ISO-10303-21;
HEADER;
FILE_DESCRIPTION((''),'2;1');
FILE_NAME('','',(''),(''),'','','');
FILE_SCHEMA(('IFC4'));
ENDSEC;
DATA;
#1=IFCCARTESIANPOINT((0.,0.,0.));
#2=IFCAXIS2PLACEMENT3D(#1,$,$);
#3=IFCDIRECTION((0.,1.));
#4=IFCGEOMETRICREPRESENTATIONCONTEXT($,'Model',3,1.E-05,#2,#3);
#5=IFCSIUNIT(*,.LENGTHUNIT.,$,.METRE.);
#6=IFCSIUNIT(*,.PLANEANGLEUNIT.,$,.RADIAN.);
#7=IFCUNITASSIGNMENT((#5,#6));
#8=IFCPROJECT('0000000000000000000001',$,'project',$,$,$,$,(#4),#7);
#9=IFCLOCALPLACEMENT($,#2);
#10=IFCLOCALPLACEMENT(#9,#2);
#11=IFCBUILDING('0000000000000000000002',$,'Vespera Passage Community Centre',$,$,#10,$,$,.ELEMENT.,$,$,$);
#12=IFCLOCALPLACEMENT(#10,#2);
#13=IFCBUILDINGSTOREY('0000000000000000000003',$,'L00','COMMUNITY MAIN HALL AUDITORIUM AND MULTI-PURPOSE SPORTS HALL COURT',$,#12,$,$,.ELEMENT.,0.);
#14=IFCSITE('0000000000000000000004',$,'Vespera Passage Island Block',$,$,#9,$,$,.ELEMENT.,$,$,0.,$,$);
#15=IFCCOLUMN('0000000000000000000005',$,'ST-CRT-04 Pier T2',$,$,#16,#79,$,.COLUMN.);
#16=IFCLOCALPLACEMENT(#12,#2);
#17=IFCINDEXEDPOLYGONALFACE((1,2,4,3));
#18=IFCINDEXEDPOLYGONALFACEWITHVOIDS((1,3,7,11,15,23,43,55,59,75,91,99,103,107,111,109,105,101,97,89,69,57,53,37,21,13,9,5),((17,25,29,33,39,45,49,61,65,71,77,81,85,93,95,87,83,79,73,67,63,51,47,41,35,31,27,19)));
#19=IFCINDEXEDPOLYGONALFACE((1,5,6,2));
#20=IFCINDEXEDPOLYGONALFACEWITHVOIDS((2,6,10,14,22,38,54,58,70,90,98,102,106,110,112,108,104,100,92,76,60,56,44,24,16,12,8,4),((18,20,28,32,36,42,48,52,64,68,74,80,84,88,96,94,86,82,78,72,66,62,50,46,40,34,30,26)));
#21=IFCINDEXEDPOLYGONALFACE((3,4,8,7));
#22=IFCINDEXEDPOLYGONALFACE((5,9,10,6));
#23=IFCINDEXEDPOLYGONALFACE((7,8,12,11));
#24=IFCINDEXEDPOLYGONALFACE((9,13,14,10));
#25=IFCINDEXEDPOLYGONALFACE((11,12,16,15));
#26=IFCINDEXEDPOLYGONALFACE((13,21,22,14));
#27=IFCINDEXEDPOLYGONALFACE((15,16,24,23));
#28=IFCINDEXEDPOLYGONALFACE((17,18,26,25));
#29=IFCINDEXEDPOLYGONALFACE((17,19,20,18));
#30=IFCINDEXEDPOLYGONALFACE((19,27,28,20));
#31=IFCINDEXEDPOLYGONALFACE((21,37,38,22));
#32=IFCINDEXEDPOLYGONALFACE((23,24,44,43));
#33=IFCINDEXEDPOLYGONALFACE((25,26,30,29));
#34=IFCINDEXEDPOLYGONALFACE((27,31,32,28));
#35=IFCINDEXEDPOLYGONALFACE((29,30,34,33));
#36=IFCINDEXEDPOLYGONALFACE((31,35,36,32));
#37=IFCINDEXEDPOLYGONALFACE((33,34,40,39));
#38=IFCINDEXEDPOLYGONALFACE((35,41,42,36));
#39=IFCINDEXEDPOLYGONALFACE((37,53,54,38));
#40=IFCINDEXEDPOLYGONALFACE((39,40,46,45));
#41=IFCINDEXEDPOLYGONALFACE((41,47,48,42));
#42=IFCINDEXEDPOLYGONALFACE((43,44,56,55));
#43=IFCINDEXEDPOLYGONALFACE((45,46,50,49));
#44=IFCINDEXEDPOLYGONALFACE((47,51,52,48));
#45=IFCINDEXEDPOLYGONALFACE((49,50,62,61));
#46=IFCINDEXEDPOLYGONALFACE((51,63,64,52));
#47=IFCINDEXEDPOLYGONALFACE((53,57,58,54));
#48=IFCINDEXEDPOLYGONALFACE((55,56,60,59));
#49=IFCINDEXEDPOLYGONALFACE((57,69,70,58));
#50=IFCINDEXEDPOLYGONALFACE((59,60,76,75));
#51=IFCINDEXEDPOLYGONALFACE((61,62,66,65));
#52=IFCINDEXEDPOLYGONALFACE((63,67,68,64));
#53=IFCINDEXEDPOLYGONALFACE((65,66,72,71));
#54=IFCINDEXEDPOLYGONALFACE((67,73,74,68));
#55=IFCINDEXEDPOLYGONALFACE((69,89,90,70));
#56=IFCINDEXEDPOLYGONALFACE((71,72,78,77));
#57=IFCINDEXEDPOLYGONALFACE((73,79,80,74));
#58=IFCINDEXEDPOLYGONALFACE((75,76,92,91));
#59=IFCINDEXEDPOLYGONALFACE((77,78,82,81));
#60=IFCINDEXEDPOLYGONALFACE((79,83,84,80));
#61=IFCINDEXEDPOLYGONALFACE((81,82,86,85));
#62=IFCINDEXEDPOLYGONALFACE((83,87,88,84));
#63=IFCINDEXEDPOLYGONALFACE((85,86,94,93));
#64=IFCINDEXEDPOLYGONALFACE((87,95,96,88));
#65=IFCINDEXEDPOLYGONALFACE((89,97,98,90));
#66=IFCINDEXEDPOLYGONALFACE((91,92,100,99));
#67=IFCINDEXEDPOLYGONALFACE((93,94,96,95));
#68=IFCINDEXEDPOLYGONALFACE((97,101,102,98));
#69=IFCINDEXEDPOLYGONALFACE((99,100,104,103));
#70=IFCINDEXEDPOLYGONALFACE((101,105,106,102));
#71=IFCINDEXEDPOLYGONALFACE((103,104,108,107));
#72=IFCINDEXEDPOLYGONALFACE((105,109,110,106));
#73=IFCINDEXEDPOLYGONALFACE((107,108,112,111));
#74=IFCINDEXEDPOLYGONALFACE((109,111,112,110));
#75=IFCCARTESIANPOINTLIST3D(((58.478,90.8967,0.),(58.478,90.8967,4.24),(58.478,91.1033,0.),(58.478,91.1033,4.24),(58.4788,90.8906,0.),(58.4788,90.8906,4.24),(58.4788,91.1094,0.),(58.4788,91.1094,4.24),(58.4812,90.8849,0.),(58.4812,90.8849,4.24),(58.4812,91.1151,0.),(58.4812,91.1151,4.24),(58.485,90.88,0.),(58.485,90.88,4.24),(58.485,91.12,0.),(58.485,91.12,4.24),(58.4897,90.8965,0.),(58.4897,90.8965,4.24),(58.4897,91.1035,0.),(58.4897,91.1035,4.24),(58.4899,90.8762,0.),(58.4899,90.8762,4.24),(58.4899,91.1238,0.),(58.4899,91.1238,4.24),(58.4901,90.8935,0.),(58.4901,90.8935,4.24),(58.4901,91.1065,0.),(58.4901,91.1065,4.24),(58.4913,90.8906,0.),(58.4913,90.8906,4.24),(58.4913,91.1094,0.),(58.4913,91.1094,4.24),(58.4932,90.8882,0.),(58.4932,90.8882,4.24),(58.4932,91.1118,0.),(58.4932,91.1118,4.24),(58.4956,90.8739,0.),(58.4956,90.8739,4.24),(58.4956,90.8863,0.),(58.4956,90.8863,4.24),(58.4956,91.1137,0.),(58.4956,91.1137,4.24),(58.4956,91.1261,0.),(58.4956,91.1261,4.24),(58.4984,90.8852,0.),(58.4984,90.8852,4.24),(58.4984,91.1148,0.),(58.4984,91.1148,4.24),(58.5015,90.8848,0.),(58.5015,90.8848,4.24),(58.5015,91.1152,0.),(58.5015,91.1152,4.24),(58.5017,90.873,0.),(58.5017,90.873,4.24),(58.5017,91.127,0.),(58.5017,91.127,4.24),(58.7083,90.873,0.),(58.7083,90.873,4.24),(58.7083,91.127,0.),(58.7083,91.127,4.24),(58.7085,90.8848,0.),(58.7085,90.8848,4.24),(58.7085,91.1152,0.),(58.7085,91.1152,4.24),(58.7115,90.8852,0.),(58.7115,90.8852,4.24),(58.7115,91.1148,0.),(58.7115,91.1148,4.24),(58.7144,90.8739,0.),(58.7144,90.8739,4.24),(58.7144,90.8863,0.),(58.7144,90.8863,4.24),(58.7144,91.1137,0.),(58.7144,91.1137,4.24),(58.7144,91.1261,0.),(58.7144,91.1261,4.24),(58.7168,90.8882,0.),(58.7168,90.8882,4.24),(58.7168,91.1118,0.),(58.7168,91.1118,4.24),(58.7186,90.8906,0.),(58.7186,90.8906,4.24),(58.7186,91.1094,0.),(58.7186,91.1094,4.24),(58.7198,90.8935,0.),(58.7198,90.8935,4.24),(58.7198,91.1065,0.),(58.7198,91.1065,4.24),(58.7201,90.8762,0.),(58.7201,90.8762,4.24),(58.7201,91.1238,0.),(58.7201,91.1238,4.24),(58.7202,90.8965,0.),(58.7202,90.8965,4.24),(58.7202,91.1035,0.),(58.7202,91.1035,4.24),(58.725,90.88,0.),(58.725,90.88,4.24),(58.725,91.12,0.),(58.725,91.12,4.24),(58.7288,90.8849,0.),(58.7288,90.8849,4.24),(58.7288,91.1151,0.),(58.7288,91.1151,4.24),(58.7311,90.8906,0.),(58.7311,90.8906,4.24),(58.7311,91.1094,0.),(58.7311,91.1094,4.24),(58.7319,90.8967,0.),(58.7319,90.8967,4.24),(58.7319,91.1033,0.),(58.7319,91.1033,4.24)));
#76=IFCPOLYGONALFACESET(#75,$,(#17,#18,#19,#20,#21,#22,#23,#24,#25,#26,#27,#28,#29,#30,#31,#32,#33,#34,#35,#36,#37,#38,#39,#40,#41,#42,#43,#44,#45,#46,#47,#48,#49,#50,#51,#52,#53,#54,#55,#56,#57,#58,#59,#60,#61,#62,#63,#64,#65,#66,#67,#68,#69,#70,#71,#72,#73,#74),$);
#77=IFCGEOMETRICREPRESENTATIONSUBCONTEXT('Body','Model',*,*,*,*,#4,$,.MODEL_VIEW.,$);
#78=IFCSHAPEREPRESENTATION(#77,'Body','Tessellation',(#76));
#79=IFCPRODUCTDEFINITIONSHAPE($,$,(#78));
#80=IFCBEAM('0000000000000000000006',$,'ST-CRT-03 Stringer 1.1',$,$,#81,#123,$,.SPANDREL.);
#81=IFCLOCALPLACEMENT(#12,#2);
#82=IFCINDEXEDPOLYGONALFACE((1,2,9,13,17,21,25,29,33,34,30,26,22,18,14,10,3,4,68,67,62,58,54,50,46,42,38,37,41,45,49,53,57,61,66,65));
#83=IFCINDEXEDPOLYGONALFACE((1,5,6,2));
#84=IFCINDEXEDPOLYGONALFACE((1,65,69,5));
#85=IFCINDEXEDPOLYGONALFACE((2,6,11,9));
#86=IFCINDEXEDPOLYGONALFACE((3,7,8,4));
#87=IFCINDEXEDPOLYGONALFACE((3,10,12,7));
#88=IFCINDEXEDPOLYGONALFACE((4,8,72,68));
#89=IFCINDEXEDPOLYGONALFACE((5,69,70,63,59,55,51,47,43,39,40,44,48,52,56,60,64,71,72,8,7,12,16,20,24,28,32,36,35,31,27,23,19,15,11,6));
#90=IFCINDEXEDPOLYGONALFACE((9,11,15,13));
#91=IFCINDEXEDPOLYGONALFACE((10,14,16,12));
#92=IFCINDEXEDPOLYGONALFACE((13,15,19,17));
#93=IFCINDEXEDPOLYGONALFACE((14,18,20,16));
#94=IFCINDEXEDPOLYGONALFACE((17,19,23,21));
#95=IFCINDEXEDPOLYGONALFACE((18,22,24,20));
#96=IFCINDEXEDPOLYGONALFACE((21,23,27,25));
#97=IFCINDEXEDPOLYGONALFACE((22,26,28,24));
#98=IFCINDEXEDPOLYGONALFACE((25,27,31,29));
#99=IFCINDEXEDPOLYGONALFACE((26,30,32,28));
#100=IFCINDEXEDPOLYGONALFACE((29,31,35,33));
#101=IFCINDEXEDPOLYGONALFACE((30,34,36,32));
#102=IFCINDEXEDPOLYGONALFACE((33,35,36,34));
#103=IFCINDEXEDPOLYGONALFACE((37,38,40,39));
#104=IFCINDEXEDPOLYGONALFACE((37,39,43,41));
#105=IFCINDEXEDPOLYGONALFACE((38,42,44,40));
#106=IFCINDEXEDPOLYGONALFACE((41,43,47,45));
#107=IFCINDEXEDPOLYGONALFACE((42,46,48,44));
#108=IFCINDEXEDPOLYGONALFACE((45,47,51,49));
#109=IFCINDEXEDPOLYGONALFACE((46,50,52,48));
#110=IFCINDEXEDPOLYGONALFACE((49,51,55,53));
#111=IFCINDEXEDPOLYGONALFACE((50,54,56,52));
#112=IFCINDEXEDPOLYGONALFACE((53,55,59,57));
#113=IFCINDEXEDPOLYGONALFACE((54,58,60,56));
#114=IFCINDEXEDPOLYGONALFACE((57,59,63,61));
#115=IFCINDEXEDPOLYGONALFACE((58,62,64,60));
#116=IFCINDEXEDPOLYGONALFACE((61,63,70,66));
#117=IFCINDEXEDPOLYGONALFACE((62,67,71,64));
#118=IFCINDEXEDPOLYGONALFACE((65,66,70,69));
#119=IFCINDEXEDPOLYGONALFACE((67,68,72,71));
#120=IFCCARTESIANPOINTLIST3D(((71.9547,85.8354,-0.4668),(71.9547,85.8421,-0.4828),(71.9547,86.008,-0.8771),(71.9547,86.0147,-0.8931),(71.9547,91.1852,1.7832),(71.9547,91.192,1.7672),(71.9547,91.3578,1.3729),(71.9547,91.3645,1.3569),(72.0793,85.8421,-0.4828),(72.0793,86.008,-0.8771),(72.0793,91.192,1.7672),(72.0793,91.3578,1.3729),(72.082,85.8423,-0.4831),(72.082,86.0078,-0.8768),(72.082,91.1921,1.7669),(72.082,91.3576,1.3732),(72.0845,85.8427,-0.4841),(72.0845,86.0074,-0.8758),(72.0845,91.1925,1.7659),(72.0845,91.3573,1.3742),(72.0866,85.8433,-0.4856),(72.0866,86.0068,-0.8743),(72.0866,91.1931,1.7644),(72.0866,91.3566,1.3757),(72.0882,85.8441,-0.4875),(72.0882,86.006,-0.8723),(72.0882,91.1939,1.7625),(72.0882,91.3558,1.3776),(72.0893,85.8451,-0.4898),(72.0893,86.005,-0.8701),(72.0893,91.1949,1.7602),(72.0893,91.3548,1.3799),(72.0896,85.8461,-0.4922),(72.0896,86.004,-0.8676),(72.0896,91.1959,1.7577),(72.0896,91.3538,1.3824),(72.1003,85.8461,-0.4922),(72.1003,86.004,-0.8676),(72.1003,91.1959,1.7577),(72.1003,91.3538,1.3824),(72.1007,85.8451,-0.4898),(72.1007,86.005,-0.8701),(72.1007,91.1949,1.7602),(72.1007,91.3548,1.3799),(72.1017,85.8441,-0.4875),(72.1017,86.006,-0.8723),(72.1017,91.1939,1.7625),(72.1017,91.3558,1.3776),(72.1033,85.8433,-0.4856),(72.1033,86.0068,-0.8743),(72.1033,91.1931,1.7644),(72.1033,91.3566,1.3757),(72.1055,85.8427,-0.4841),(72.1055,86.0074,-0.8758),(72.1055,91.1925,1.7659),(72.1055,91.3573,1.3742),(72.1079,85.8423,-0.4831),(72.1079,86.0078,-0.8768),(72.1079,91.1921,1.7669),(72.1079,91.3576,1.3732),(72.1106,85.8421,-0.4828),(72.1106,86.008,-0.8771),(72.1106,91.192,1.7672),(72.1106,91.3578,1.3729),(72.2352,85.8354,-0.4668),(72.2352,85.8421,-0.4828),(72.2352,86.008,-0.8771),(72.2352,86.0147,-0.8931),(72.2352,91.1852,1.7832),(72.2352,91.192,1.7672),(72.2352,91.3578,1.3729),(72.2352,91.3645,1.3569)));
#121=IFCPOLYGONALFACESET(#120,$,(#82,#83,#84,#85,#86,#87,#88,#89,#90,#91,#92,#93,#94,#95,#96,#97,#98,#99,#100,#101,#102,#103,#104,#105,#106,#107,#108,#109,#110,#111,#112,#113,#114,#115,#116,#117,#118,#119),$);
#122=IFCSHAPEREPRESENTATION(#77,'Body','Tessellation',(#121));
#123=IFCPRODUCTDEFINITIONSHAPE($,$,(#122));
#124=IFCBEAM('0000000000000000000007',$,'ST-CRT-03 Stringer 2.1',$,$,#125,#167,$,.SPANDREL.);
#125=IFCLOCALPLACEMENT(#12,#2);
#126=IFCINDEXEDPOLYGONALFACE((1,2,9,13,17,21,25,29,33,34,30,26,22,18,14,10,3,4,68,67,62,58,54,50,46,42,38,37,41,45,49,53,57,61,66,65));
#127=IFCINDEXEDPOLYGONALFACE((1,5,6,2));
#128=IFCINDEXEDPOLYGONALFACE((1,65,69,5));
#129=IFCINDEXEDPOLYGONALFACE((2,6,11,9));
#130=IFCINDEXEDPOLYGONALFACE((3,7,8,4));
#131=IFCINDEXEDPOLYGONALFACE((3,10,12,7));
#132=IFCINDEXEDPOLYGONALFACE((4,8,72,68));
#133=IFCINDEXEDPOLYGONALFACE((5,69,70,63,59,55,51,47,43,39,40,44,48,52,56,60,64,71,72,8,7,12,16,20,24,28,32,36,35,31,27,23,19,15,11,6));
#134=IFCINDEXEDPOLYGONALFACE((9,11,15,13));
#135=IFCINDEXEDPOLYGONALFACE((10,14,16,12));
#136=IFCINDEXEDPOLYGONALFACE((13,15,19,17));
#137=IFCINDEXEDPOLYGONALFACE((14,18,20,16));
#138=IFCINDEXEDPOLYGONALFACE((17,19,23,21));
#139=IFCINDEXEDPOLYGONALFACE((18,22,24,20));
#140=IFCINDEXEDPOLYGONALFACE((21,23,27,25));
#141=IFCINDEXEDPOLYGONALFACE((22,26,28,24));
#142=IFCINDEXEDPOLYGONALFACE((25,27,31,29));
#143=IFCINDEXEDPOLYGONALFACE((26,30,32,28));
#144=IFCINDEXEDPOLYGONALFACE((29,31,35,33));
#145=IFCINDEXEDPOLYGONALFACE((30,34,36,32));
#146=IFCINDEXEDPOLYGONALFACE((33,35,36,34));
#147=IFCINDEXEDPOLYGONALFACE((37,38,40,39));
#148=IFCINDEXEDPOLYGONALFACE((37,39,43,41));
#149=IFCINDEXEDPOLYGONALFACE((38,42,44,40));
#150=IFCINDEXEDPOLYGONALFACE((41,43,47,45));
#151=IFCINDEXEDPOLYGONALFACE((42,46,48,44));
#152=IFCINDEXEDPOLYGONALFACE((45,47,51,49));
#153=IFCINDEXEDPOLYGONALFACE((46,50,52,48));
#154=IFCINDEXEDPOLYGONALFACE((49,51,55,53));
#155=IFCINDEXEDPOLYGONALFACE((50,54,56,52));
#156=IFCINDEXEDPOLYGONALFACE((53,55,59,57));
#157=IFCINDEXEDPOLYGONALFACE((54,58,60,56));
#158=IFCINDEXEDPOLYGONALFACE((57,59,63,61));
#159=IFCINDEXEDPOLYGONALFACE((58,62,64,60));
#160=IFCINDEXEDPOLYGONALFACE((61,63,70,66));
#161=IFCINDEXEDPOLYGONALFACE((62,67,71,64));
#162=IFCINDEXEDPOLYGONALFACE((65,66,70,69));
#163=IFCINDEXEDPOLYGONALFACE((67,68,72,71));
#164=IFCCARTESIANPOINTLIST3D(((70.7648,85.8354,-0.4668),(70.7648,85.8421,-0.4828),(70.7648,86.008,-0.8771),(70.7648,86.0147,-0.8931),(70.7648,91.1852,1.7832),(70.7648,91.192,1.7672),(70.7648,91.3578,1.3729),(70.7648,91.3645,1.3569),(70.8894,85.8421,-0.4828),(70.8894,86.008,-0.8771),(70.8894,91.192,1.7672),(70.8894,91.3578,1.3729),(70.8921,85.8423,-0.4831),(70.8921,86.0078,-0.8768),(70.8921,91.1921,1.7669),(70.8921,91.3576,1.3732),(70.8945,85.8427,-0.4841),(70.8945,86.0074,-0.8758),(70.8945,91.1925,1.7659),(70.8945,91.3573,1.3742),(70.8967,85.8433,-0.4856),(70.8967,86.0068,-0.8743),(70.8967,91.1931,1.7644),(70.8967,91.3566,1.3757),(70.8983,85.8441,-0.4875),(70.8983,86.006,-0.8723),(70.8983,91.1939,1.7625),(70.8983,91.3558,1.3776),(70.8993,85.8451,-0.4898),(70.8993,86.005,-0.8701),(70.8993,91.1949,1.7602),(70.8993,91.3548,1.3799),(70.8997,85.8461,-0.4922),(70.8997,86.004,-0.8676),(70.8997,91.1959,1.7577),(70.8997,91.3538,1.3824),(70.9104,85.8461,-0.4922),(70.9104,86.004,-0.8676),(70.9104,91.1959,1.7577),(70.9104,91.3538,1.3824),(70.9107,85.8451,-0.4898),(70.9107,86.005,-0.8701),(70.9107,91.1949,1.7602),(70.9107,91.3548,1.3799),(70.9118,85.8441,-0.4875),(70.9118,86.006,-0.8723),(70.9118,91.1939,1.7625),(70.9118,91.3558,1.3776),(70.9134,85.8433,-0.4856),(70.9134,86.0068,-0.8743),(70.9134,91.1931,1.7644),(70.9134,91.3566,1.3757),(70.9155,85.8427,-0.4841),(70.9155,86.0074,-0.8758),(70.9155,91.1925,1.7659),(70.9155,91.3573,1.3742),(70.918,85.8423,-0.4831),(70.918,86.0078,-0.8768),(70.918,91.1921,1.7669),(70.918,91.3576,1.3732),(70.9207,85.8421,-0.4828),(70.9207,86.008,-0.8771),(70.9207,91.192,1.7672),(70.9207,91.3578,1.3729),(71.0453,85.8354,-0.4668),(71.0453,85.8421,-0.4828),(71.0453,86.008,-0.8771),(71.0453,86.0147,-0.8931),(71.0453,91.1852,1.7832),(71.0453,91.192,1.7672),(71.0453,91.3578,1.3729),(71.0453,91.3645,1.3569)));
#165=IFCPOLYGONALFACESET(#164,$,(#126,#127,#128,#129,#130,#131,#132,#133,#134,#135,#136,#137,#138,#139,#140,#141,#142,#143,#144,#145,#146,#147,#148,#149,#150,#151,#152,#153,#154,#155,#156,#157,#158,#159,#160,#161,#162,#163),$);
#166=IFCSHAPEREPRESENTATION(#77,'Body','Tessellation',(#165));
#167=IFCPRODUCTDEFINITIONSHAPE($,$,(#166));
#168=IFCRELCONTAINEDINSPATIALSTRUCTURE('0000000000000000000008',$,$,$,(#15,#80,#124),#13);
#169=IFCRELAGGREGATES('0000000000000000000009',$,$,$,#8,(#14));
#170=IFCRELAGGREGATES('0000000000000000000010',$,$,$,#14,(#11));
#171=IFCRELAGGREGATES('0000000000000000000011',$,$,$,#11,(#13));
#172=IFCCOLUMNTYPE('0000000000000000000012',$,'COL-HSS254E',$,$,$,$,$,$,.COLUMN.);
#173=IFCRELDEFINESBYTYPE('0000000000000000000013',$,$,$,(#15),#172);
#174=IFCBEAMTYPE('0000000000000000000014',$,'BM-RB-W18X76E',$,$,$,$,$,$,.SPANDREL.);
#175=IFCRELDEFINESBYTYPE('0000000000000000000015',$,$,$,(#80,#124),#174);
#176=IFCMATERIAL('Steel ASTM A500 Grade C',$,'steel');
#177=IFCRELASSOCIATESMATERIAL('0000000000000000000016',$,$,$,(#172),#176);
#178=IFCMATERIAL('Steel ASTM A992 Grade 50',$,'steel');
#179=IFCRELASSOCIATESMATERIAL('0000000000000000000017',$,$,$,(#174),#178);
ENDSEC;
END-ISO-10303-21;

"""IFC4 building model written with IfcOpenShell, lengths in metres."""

from ifc_helpers import new_model, si_unit, direction, frame, origin, origin_2d, place, context, subcontext, project, spatial, hollow_rectangle, i_section, extrude, material, material_profile, profile_set, type_object, element, save


model = new_model("IFC4")

# Units and contexts
model_context = context("Model", 3, precision=1e-05, world=origin(), true_north=direction((0.0, 1.0)))
body_context = subcontext(model_context, "Body", "Model", "MODEL_VIEW")
ifc_project = project(units=[si_unit("LENGTHUNIT", "METRE"), si_unit("PLANEANGLEUNIT", "RADIAN")], contexts=[model_context])

# Site, building, storey
site_placement = place(None, origin())
site = spatial("IfcSite", under=ifc_project, at=site_placement, Name="Vespera Passage Island Block", CompositionType="ELEMENT", RefElevation=0.0)
building_placement = place(site_placement, origin())
building = spatial("IfcBuilding", under=site, at=building_placement, Name="Vespera Passage Community Centre", CompositionType="ELEMENT")
storey_placement = place(building_placement, origin())
storey = spatial("IfcBuildingStorey", under=building, at=storey_placement, Name="L00", Description="COMMUNITY MAIN HALL AUDITORIUM AND MULTI-PURPOSE SPORTS HALL COURT", CompositionType="ELEMENT", Elevation=0.0)

# Column
ifc_material_1 = material(Name="Steel ASTM A500 Grade C", Category="steel")
ifc_material_profile_1 = material_profile(ifc_material_1, hollow_rectangle(XDim=0.2539, YDim=0.2539, WallThickness=0.0117, InnerFilletRadius=0.0117, OuterFilletRadius=0.0237, at=origin_2d()), Name="HSS254X254X12.7")
ifc_profile_set_1 = profile_set([ifc_material_profile_1], Name="Steel ASTM A500 Grade C")
column_type = type_object("IfcColumnType", Name="COL-HSS254E", PredefinedType="COLUMN", material=ifc_profile_set_1)
for number, where, z_axis, x_axis, name in (
    (1, (58.605, 91.0, 0.0), (0.0, 0.0, 1.0), (1.0, 0.0, 0.0), "ST-CRT-04 Pier T2"),
):
    element("IfcColumn", number, at=place(storey_placement, frame(where, z_axis=z_axis, x_axis=x_axis)), inside=storey, type_object=column_type, Name=name, PredefinedType="COLUMN", context=body_context, shape_type="SweptSolid", body=[
        extrude(hollow_rectangle(XDim=0.2539, YDim=0.2539, WallThickness=0.0117, InnerFilletRadius=0.0117, OuterFilletRadius=0.0237, at=origin_2d()), origin(), (0.0, 0.0, 1.0), 4.24),
    ])

# Beams
ifc_material_2 = material(Name="Steel ASTM A992 Grade 50", Category="steel")
ifc_material_profile_2 = material_profile(ifc_material_2, i_section(OverallWidth=0.2805, OverallDepth=0.4624, WebThickness=0.0107, FlangeThickness=0.0173, FilletRadius=0.0103, at=origin_2d()), Name="W18X76")
ifc_profile_set_2 = profile_set([ifc_material_profile_2], Name="Steel ASTM A992 Grade 50")
beam_type_1 = type_object("IfcBeamType", Name="BM-RB-W18X76E", PredefinedType="SPANDREL", material=ifc_profile_set_2)
for number, where, z_axis, x_axis, name in (
    (2, (72.095, 85.925, -0.6799), (0.0, 0.921794, 0.387681), (-1.0, 0.0, 0.0), "ST-CRT-03 Stringer 1.1"),
    (3, (70.905, 85.925, -0.6799), (0.0, 0.921794, 0.387681), (-1.0, 0.0, 0.0), "ST-CRT-03 Stringer 2.1"),
):
    element("IfcBeam", number, at=place(storey_placement, frame(where, z_axis=z_axis, x_axis=x_axis)), inside=storey, type_object=beam_type_1, Name=name, PredefinedType="SPANDREL", context=body_context, shape_type="SweptSolid", body=[
        extrude(i_section(OverallWidth=0.2805, OverallDepth=0.4624, WebThickness=0.0107, FlangeThickness=0.0173, FilletRadius=0.0103, at=origin_2d()), origin(), (0.0, 0.0, 1.0), 5.8037),
    ])

save(model, "model.ifc")
